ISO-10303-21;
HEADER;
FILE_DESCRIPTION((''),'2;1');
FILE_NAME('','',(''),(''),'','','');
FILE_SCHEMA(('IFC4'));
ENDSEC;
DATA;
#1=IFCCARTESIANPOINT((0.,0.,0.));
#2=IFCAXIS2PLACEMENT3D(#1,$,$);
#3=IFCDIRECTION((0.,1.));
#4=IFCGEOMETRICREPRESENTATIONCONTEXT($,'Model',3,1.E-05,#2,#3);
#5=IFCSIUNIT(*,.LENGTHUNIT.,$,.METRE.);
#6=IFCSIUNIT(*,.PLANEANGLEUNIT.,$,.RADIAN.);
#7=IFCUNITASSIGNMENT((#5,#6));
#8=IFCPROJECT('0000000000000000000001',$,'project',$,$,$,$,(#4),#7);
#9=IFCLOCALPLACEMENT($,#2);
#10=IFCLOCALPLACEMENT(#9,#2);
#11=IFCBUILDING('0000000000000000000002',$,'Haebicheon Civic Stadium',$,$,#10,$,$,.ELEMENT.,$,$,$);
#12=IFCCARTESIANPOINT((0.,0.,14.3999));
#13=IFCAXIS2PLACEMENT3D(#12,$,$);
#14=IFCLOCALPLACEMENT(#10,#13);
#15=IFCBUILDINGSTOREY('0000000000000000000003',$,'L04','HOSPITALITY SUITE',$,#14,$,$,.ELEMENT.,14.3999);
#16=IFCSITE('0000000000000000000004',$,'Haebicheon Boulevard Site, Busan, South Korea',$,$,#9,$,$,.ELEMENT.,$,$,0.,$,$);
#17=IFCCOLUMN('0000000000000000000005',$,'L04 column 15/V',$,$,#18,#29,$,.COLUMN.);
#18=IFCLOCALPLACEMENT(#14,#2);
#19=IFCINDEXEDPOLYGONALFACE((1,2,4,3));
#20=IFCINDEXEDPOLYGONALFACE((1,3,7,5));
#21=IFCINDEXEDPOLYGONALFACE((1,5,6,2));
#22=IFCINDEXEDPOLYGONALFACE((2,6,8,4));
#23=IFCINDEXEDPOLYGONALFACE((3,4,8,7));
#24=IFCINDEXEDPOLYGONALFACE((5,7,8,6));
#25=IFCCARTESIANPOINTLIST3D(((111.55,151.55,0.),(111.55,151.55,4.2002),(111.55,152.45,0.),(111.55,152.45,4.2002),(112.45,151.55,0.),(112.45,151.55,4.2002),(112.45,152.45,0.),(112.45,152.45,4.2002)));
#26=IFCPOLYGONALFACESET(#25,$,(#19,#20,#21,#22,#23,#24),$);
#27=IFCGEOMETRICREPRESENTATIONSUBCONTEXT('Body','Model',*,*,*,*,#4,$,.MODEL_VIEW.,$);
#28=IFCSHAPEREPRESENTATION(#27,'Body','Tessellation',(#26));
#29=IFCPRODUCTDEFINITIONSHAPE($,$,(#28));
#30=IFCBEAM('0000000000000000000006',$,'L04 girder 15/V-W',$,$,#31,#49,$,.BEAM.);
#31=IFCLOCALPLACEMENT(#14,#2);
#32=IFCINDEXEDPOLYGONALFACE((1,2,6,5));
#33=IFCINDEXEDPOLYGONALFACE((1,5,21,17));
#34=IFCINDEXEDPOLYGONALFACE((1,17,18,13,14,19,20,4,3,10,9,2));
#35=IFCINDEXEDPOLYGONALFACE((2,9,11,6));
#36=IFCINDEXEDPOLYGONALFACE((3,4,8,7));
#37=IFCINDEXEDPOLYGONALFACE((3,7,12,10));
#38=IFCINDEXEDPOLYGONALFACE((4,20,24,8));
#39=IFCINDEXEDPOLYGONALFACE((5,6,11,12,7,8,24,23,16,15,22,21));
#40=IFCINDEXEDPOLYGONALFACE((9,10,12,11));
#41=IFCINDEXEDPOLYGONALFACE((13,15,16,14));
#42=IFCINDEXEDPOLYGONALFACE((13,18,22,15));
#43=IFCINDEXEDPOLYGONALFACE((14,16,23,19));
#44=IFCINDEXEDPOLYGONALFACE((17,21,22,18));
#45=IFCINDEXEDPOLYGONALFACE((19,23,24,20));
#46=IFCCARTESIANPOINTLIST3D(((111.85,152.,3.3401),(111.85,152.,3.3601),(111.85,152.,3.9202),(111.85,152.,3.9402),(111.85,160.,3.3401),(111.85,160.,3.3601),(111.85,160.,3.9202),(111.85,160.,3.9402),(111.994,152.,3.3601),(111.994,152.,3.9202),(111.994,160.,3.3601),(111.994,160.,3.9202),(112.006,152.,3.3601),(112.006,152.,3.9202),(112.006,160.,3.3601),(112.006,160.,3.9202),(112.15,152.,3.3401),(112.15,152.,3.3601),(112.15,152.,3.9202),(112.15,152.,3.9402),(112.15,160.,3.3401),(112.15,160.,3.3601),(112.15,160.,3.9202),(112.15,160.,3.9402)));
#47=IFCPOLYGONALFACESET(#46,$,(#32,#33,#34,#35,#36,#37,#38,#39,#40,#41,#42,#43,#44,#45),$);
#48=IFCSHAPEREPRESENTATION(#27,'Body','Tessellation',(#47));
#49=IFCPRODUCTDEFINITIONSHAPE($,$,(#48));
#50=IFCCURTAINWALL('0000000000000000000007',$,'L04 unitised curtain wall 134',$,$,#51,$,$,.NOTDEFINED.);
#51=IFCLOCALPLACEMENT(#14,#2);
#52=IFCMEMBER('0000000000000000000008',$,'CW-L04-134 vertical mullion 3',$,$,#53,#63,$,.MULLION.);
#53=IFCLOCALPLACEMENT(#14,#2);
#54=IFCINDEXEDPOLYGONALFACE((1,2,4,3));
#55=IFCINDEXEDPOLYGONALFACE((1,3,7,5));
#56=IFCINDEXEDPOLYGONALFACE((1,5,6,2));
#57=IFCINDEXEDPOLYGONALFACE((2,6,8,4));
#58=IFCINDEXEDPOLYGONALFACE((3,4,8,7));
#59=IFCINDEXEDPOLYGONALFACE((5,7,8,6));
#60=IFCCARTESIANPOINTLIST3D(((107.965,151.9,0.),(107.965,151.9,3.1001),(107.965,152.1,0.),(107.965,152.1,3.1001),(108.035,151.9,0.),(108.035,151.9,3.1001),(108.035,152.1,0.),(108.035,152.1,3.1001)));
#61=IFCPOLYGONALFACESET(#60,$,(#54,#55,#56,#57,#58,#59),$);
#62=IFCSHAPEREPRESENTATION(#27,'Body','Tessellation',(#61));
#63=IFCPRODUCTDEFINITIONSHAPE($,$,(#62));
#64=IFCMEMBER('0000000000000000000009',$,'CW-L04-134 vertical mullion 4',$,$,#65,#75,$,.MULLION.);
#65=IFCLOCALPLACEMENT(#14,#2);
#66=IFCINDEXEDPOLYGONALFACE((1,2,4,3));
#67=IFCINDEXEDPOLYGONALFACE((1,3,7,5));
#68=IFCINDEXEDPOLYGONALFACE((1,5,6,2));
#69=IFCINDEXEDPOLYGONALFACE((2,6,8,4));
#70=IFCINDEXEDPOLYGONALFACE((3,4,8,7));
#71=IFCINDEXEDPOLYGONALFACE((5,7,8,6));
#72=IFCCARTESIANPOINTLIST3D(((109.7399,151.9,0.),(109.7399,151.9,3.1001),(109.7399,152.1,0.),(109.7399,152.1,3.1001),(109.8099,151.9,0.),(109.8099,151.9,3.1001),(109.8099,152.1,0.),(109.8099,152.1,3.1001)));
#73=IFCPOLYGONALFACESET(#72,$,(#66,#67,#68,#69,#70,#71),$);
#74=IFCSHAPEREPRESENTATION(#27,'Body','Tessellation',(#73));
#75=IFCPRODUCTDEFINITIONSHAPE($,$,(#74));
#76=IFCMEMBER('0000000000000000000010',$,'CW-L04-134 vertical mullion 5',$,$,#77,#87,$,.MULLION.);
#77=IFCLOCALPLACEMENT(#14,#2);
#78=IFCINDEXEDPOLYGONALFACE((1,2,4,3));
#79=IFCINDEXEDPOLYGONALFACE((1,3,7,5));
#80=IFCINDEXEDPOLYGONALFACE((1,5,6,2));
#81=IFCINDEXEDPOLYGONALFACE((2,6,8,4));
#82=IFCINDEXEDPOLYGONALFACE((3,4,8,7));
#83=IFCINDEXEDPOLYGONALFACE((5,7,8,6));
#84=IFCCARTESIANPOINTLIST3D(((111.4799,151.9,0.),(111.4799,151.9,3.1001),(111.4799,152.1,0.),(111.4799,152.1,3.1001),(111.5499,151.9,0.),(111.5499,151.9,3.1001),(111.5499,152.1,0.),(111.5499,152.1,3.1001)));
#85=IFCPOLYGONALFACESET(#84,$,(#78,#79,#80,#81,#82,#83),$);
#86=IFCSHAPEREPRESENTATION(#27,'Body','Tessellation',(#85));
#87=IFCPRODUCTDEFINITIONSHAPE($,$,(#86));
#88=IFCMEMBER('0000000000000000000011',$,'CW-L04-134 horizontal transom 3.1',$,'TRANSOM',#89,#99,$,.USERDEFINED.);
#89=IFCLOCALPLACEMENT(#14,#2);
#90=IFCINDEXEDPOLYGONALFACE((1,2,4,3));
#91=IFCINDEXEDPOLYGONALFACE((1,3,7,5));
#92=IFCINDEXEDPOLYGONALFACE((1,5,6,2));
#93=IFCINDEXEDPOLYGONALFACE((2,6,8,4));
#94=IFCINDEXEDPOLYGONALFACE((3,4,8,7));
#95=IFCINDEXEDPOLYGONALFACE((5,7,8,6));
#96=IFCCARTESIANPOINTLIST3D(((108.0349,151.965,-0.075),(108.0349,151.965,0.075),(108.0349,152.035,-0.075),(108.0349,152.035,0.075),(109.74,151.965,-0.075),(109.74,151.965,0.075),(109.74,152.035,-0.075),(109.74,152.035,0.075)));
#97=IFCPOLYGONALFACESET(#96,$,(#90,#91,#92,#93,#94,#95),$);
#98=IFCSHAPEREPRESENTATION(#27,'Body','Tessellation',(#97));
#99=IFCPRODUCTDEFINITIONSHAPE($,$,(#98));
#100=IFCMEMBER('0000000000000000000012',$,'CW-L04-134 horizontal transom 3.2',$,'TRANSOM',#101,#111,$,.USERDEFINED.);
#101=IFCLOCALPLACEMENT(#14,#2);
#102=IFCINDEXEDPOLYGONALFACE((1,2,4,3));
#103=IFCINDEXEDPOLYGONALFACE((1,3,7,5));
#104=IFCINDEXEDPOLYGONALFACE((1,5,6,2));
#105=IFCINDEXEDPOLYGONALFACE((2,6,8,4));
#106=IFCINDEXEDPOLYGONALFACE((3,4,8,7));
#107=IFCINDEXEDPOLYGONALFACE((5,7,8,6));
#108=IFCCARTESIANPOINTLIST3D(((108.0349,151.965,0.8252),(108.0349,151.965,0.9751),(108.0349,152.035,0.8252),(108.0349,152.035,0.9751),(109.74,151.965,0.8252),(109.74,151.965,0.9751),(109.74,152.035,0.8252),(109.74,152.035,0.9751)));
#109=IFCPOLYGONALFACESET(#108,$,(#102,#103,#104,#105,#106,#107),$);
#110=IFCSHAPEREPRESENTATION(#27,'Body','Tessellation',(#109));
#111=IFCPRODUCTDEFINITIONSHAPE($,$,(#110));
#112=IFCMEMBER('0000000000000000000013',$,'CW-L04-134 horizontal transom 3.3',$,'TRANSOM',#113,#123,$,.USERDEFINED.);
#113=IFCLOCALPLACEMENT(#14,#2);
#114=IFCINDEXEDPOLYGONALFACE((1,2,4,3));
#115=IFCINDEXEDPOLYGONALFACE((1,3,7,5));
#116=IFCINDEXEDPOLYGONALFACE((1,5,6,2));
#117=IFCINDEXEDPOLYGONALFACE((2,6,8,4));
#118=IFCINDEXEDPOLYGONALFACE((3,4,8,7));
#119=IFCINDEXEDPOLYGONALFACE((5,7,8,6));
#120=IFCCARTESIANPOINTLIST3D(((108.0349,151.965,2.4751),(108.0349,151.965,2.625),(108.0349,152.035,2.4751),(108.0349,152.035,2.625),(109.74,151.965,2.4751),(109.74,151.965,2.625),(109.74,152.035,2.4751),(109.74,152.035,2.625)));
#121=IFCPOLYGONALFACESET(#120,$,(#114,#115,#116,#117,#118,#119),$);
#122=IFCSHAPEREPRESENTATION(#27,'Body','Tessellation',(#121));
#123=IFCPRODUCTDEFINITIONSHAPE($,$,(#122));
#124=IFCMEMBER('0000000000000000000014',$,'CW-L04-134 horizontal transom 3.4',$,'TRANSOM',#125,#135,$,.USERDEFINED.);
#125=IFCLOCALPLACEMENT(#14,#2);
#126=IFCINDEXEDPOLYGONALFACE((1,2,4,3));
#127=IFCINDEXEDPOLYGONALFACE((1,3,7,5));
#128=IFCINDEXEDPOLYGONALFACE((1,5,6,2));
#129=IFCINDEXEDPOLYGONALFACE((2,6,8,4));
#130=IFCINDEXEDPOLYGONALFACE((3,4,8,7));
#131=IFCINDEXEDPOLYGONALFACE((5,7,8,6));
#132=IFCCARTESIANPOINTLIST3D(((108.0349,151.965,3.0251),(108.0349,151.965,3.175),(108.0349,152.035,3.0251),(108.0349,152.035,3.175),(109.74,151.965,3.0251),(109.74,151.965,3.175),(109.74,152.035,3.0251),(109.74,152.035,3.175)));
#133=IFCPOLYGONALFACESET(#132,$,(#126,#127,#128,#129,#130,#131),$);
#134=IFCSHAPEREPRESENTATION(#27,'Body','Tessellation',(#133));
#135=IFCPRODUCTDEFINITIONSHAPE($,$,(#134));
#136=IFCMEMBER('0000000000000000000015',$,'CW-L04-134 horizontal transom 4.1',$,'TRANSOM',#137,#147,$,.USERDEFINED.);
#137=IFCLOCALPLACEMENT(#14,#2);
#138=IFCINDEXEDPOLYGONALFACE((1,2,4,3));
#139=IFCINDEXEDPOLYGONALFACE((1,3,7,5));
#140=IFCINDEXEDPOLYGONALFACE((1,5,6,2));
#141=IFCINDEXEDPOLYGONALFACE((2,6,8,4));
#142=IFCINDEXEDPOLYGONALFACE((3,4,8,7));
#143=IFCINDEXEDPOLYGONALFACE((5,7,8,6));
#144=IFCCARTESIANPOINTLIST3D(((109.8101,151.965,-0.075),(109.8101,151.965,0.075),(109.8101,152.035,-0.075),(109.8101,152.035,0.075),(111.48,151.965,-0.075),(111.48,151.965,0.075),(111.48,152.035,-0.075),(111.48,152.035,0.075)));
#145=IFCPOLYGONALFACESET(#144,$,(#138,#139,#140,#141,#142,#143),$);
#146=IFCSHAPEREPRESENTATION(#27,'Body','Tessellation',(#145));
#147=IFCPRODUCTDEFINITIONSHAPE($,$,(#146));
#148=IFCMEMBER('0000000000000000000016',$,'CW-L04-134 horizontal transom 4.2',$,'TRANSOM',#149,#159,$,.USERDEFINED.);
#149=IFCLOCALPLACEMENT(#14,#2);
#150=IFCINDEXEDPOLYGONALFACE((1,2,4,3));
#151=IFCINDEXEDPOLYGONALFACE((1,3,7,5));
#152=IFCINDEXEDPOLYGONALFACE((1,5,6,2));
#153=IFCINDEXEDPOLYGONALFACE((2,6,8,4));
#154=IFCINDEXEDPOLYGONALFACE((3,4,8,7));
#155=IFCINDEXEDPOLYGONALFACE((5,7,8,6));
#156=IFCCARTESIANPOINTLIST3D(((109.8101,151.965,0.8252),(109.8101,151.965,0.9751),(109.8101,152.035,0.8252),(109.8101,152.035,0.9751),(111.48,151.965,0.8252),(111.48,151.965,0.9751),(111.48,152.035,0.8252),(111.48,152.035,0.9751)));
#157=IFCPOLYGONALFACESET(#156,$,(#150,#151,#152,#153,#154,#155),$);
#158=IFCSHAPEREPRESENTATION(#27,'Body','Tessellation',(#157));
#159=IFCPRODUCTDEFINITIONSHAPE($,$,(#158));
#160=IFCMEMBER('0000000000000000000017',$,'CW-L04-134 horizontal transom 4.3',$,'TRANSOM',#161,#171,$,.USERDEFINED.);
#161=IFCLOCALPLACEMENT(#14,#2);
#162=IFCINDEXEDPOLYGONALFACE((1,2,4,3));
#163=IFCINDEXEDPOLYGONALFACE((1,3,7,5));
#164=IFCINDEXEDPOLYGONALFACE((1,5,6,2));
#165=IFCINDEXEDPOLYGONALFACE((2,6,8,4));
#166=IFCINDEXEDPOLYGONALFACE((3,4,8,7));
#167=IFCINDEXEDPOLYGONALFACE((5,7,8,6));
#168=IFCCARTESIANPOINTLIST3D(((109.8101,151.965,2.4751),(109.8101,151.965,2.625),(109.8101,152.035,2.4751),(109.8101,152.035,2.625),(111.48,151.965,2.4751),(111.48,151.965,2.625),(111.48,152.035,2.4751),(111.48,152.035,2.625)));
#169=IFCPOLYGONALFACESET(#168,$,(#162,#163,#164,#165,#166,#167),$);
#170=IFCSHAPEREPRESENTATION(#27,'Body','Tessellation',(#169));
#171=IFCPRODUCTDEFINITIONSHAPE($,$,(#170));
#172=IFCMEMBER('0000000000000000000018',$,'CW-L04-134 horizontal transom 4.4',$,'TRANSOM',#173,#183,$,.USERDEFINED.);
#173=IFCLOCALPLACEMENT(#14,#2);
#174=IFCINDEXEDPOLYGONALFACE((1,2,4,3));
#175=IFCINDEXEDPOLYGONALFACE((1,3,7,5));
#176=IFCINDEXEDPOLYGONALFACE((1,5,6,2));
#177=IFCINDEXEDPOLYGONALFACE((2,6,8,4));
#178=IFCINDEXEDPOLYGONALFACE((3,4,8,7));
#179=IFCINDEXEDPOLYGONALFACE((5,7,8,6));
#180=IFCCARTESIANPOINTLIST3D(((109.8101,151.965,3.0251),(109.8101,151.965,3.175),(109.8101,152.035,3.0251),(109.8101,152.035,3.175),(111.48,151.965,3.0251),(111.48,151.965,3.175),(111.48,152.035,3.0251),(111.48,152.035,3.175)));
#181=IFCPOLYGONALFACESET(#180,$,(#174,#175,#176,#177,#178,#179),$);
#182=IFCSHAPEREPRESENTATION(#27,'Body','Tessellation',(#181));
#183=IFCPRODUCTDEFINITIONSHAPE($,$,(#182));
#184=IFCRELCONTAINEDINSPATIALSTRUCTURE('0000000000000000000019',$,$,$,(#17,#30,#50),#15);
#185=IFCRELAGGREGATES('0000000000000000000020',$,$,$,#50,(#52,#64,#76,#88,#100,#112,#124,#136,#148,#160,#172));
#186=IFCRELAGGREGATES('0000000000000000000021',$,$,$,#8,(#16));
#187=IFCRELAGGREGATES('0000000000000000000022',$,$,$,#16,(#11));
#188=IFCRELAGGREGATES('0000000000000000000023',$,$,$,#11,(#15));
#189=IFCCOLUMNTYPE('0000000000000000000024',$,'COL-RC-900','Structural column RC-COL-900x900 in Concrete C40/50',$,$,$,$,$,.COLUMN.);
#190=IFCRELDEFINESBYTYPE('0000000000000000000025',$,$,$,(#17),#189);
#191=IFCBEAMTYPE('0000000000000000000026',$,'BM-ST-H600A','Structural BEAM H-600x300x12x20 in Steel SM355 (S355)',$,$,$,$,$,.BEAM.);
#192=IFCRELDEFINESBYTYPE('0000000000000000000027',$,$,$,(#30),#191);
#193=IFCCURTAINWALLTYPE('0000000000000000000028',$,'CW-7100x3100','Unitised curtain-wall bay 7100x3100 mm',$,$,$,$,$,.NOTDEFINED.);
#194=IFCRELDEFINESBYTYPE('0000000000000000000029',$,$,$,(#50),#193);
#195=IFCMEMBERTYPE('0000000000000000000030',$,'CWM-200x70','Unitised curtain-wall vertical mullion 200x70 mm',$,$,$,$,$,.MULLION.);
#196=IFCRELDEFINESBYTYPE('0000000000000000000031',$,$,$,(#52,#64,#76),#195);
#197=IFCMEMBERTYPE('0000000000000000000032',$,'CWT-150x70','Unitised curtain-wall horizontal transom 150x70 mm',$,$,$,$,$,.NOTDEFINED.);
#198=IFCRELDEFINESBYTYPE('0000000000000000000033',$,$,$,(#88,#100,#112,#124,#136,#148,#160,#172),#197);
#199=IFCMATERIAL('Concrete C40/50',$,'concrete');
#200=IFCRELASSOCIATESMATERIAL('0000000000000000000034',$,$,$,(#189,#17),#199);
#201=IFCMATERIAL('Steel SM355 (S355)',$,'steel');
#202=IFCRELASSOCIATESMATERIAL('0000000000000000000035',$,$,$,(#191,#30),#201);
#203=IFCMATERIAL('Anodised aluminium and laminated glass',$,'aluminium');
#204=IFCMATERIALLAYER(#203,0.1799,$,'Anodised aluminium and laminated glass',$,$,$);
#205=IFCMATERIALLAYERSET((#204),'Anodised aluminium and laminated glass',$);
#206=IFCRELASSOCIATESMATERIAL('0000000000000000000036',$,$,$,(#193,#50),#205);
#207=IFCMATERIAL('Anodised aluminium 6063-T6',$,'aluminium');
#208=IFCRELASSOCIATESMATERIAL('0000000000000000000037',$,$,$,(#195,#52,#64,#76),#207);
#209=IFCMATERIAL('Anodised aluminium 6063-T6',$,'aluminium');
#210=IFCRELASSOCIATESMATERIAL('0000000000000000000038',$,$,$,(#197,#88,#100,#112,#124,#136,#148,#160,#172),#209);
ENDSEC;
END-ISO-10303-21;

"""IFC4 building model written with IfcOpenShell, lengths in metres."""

from ifc_helpers import new_model, si_unit, direction, frame, origin, origin_2d, place, context, subcontext, project, spatial, rectangle, i_section, extrude, material, layer, layer_set, material_profile, profile_set, type_object, element, aggregate, save


model = new_model("IFC4")

# Units and contexts
model_context = context("Model", 3, precision=1e-05, world=origin(), true_north=direction((0.0, 1.0)))
body_context = subcontext(model_context, "Body", "Model", "MODEL_VIEW")
ifc_project = project(units=[si_unit("LENGTHUNIT", "METRE"), si_unit("PLANEANGLEUNIT", "RADIAN")], contexts=[model_context])

# Site, building, storey
site_placement = place(None, origin())
site = spatial("IfcSite", under=ifc_project, at=site_placement, Name="Haebicheon Boulevard Site, Busan, South Korea", CompositionType="ELEMENT", RefElevation=0.0)
building_placement = place(site_placement, origin())
building = spatial("IfcBuilding", under=site, at=building_placement, Name="Haebicheon Civic Stadium", CompositionType="ELEMENT")
storey_placement = place(building_placement, frame((0.0, 0.0, 14.3999)))
storey = spatial("IfcBuildingStorey", under=building, at=storey_placement, Name="L04", Description="HOSPITALITY SUITE", CompositionType="ELEMENT", Elevation=14.3999)

# Column
ifc_material_1 = material(Name="Concrete C40/50", Category="concrete")
ifc_material_profile_1 = material_profile(ifc_material_1, rectangle(XDim=0.8999, YDim=0.8999, at=origin_2d()), Name="RC-COL-900x900")
ifc_profile_set_1 = profile_set([ifc_material_profile_1], Name="Concrete C40/50")
column_type = type_object("IfcColumnType", Name="COL-RC-900", Description="Structural column RC-COL-900x900 in Concrete C40/50", PredefinedType="COLUMN", material=ifc_profile_set_1)
column_placement = place(storey_placement, frame((112.0, 152.0, 0.0), z_axis=(0.0, 0.0, 1.0), x_axis=(1.0, 0.0, 0.0)))
element("IfcColumn", 1, at=column_placement, inside=storey, type_object=column_type, material=ifc_profile_set_1, Name="L04 column 15/V", PredefinedType="COLUMN", context=body_context, shape_type="SweptSolid", body=[
    extrude(rectangle(XDim=0.8999, YDim=0.8999, at=origin_2d()), origin(), (0.0, 0.0, 1.0), 4.2002),
])

# Beam
ifc_material_2 = material(Name="Steel SM355 (S355)", Category="steel")
ifc_material_profile_2 = material_profile(ifc_material_2, i_section(OverallWidth=0.3, OverallDepth=0.6001, WebThickness=0.012, FlangeThickness=0.02, at=origin_2d()), Name="H-600x300x12x20")
ifc_profile_set_2 = profile_set([ifc_material_profile_2], Name="Steel SM355 (S355)")
beam_type_1 = type_object("IfcBeamType", Name="BM-ST-H600A", Description="Structural BEAM H-600x300x12x20 in Steel SM355 (S355)", PredefinedType="BEAM", material=ifc_profile_set_2)
beam_1_placement = place(storey_placement, frame((112.0, 152.0, 3.6401), z_axis=(0.0, 1.0, 0.0), x_axis=(-1.0, 0.0, 0.0)))
element("IfcBeam", 2, at=beam_1_placement, inside=storey, type_object=beam_type_1, material=ifc_profile_set_2, Name="L04 girder 15/V-W", PredefinedType="BEAM", context=body_context, shape_type="SweptSolid", body=[
    extrude(i_section(OverallWidth=0.3, OverallDepth=0.6001, WebThickness=0.012, FlangeThickness=0.02, at=origin_2d()), origin(), (0.0, 0.0, 1.0), 8.0),
])

# Curtain wall, members
ifc_material_3 = material(Name="Anodised aluminium and laminated glass", Category="aluminium")
ifc_layer_1 = layer(ifc_material_3, 0.1799, Name="Anodised aluminium and laminated glass")
ifc_layer_set_1 = layer_set([ifc_layer_1], Name="Anodised aluminium and laminated glass")
curtain_wall_type = type_object("IfcCurtainWallType", Name="CW-7100x3100", Description="Unitised curtain-wall bay 7100x3100 mm", PredefinedType="NOTDEFINED", material=ifc_layer_set_1)
curtain_wall_placement = place(storey_placement, origin())
curtain_wall = element("IfcCurtainWall", 3, at=curtain_wall_placement, inside=storey, type_object=curtain_wall_type, material=ifc_layer_set_1, Name="L04 unitised curtain wall 134", PredefinedType="NOTDEFINED")
ifc_material_4 = material(Name="Anodised aluminium 6063-T6", Category="aluminium")
ifc_material_profile_3 = material_profile(ifc_material_4, rectangle(XDim=0.0701, YDim=0.2, at=origin_2d()), Name="ALU-MULL-70x200")
ifc_profile_set_3 = profile_set([ifc_material_profile_3], Name="Anodised aluminium 6063-T6")
member_type_1 = type_object("IfcMemberType", Name="CWM-200x70", Description="Unitised curtain-wall vertical mullion 200x70 mm", PredefinedType="MULLION", material=ifc_profile_set_3)
member_1_placement = place(storey_placement, frame((108.0, 152.0, 0.0), z_axis=(0.0, 0.0, 1.0), x_axis=(1.0, 0.0, 0.0)))
member_1 = element("IfcMember", 4, at=member_1_placement, type_object=member_type_1, material=ifc_profile_set_3, Name="CW-L04-134 vertical mullion 3", PredefinedType="MULLION", context=body_context, shape_type="SweptSolid", body=[
    extrude(rectangle(XDim=0.0701, YDim=0.2, at=origin_2d()), origin(), (0.0, 0.0, 1.0), 3.1001),
])
member_2_placement = place(storey_placement, frame((109.7749, 152.0, 0.0), z_axis=(0.0, 0.0, 1.0), x_axis=(1.0, 0.0, 0.0)))
member_2 = element("IfcMember", 5, at=member_2_placement, type_object=member_type_1, material=ifc_profile_set_3, Name="CW-L04-134 vertical mullion 4", PredefinedType="MULLION", context=body_context, shape_type="SweptSolid", body=[
    extrude(rectangle(XDim=0.0701, YDim=0.2, at=origin_2d()), origin(), (0.0, 0.0, 1.0), 3.1001),
])
member_3_placement = place(storey_placement, frame((111.5149, 152.0, 0.0), z_axis=(0.0, 0.0, 1.0), x_axis=(1.0, 0.0, 0.0)))
member_3 = element("IfcMember", 6, at=member_3_placement, type_object=member_type_1, material=ifc_profile_set_3, Name="CW-L04-134 vertical mullion 5", PredefinedType="MULLION", context=body_context, shape_type="SweptSolid", body=[
    extrude(rectangle(XDim=0.0701, YDim=0.2, at=origin_2d()), origin(), (0.0, 0.0, 1.0), 3.1001),
])
ifc_material_5 = material(Name="Anodised aluminium 6063-T6", Category="aluminium")
ifc_material_profile_4 = material_profile(ifc_material_5, rectangle(XDim=0.0701, YDim=0.1499, at=origin_2d()), Name="ALU-TRAN-70x150")
ifc_profile_set_4 = profile_set([ifc_material_profile_4], Name="Anodised aluminium 6063-T6")
member_type_2 = type_object("IfcMemberType", Name="CWT-150x70", Description="Unitised curtain-wall horizontal transom 150x70 mm", PredefinedType="NOTDEFINED", material=ifc_profile_set_4)
member_4_placement = place(storey_placement, frame((108.0349, 152.0, 0.0), z_axis=(1.0, 0.0, 0.0), x_axis=(0.0, 1.0, 0.0)))
member_4 = element("IfcMember", 7, at=member_4_placement, type_object=member_type_2, material=ifc_profile_set_4, Name="CW-L04-134 horizontal transom 3.1", ObjectType="TRANSOM", PredefinedType="USERDEFINED", context=body_context, shape_type="SweptSolid", body=[
    extrude(rectangle(XDim=0.0701, YDim=0.1499, at=origin_2d()), origin(), (0.0, 0.0, 1.0), 1.7051),
])
member_5_placement = place(storey_placement, frame((108.0349, 152.0, 0.9001), z_axis=(1.0, 0.0, 0.0), x_axis=(0.0, 1.0, 0.0)))
member_5 = element("IfcMember", 8, at=member_5_placement, type_object=member_type_2, material=ifc_profile_set_4, Name="CW-L04-134 horizontal transom 3.2", ObjectType="TRANSOM", PredefinedType="USERDEFINED", context=body_context, shape_type="SweptSolid", body=[
    extrude(rectangle(XDim=0.0701, YDim=0.1499, at=origin_2d()), origin(), (0.0, 0.0, 1.0), 1.7051),
])
member_6_placement = place(storey_placement, frame((108.0349, 152.0, 2.55), z_axis=(1.0, 0.0, 0.0), x_axis=(0.0, 1.0, 0.0)))
member_6 = element("IfcMember", 9, at=member_6_placement, type_object=member_type_2, material=ifc_profile_set_4, Name="CW-L04-134 horizontal transom 3.3", ObjectType="TRANSOM", PredefinedType="USERDEFINED", context=body_context, shape_type="SweptSolid", body=[
    extrude(rectangle(XDim=0.0701, YDim=0.1499, at=origin_2d()), origin(), (0.0, 0.0, 1.0), 1.7051),
])
member_7_placement = place(storey_placement, frame((108.0349, 152.0, 3.1001), z_axis=(1.0, 0.0, 0.0), x_axis=(0.0, 1.0, 0.0)))
member_7 = element("IfcMember", 10, at=member_7_placement, type_object=member_type_2, material=ifc_profile_set_4, Name="CW-L04-134 horizontal transom 3.4", ObjectType="TRANSOM", PredefinedType="USERDEFINED", context=body_context, shape_type="SweptSolid", body=[
    extrude(rectangle(XDim=0.0701, YDim=0.1499, at=origin_2d()), origin(), (0.0, 0.0, 1.0), 1.7051),
])
member_8_placement = place(storey_placement, frame((109.8101, 152.0, 0.0), z_axis=(1.0, 0.0, 0.0), x_axis=(0.0, 1.0, 0.0)))
member_8 = element("IfcMember", 11, at=member_8_placement, type_object=member_type_2, material=ifc_profile_set_4, Name="CW-L04-134 horizontal transom 4.1", ObjectType="TRANSOM", PredefinedType="USERDEFINED", context=body_context, shape_type="SweptSolid", body=[
    extrude(rectangle(XDim=0.0701, YDim=0.1499, at=origin_2d()), origin(), (0.0, 0.0, 1.0), 1.6699),
])
member_9_placement = place(storey_placement, frame((109.8101, 152.0, 0.9001), z_axis=(1.0, 0.0, 0.0), x_axis=(0.0, 1.0, 0.0)))
member_9 = element("IfcMember", 12, at=member_9_placement, type_object=member_type_2, material=ifc_profile_set_4, Name="CW-L04-134 horizontal transom 4.2", ObjectType="TRANSOM", PredefinedType="USERDEFINED", context=body_context, shape_type="SweptSolid", body=[
    extrude(rectangle(XDim=0.0701, YDim=0.1499, at=origin_2d()), origin(), (0.0, 0.0, 1.0), 1.6699),
])
member_10_placement = place(storey_placement, frame((109.8101, 152.0, 2.55), z_axis=(1.0, 0.0, 0.0), x_axis=(0.0, 1.0, 0.0)))
member_10 = element("IfcMember", 13, at=member_10_placement, type_object=member_type_2, material=ifc_profile_set_4, Name="CW-L04-134 horizontal transom 4.3", ObjectType="TRANSOM", PredefinedType="USERDEFINED", context=body_context, shape_type="SweptSolid", body=[
    extrude(rectangle(XDim=0.0701, YDim=0.1499, at=origin_2d()), origin(), (0.0, 0.0, 1.0), 1.6699),
])
member_11_placement = place(storey_placement, frame((109.8101, 152.0, 3.1001), z_axis=(1.0, 0.0, 0.0), x_axis=(0.0, 1.0, 0.0)))
member_11 = element("IfcMember", 14, at=member_11_placement, type_object=member_type_2, material=ifc_profile_set_4, Name="CW-L04-134 horizontal transom 4.4", ObjectType="TRANSOM", PredefinedType="USERDEFINED", context=body_context, shape_type="SweptSolid", body=[
    extrude(rectangle(XDim=0.0701, YDim=0.1499, at=origin_2d()), origin(), (0.0, 0.0, 1.0), 1.6699),
])

aggregate(curtain_wall, [member_1, member_2, member_3, member_4, member_5, member_6, member_7, member_8, member_9, member_10, member_11])

save(model, "model.ifc")
